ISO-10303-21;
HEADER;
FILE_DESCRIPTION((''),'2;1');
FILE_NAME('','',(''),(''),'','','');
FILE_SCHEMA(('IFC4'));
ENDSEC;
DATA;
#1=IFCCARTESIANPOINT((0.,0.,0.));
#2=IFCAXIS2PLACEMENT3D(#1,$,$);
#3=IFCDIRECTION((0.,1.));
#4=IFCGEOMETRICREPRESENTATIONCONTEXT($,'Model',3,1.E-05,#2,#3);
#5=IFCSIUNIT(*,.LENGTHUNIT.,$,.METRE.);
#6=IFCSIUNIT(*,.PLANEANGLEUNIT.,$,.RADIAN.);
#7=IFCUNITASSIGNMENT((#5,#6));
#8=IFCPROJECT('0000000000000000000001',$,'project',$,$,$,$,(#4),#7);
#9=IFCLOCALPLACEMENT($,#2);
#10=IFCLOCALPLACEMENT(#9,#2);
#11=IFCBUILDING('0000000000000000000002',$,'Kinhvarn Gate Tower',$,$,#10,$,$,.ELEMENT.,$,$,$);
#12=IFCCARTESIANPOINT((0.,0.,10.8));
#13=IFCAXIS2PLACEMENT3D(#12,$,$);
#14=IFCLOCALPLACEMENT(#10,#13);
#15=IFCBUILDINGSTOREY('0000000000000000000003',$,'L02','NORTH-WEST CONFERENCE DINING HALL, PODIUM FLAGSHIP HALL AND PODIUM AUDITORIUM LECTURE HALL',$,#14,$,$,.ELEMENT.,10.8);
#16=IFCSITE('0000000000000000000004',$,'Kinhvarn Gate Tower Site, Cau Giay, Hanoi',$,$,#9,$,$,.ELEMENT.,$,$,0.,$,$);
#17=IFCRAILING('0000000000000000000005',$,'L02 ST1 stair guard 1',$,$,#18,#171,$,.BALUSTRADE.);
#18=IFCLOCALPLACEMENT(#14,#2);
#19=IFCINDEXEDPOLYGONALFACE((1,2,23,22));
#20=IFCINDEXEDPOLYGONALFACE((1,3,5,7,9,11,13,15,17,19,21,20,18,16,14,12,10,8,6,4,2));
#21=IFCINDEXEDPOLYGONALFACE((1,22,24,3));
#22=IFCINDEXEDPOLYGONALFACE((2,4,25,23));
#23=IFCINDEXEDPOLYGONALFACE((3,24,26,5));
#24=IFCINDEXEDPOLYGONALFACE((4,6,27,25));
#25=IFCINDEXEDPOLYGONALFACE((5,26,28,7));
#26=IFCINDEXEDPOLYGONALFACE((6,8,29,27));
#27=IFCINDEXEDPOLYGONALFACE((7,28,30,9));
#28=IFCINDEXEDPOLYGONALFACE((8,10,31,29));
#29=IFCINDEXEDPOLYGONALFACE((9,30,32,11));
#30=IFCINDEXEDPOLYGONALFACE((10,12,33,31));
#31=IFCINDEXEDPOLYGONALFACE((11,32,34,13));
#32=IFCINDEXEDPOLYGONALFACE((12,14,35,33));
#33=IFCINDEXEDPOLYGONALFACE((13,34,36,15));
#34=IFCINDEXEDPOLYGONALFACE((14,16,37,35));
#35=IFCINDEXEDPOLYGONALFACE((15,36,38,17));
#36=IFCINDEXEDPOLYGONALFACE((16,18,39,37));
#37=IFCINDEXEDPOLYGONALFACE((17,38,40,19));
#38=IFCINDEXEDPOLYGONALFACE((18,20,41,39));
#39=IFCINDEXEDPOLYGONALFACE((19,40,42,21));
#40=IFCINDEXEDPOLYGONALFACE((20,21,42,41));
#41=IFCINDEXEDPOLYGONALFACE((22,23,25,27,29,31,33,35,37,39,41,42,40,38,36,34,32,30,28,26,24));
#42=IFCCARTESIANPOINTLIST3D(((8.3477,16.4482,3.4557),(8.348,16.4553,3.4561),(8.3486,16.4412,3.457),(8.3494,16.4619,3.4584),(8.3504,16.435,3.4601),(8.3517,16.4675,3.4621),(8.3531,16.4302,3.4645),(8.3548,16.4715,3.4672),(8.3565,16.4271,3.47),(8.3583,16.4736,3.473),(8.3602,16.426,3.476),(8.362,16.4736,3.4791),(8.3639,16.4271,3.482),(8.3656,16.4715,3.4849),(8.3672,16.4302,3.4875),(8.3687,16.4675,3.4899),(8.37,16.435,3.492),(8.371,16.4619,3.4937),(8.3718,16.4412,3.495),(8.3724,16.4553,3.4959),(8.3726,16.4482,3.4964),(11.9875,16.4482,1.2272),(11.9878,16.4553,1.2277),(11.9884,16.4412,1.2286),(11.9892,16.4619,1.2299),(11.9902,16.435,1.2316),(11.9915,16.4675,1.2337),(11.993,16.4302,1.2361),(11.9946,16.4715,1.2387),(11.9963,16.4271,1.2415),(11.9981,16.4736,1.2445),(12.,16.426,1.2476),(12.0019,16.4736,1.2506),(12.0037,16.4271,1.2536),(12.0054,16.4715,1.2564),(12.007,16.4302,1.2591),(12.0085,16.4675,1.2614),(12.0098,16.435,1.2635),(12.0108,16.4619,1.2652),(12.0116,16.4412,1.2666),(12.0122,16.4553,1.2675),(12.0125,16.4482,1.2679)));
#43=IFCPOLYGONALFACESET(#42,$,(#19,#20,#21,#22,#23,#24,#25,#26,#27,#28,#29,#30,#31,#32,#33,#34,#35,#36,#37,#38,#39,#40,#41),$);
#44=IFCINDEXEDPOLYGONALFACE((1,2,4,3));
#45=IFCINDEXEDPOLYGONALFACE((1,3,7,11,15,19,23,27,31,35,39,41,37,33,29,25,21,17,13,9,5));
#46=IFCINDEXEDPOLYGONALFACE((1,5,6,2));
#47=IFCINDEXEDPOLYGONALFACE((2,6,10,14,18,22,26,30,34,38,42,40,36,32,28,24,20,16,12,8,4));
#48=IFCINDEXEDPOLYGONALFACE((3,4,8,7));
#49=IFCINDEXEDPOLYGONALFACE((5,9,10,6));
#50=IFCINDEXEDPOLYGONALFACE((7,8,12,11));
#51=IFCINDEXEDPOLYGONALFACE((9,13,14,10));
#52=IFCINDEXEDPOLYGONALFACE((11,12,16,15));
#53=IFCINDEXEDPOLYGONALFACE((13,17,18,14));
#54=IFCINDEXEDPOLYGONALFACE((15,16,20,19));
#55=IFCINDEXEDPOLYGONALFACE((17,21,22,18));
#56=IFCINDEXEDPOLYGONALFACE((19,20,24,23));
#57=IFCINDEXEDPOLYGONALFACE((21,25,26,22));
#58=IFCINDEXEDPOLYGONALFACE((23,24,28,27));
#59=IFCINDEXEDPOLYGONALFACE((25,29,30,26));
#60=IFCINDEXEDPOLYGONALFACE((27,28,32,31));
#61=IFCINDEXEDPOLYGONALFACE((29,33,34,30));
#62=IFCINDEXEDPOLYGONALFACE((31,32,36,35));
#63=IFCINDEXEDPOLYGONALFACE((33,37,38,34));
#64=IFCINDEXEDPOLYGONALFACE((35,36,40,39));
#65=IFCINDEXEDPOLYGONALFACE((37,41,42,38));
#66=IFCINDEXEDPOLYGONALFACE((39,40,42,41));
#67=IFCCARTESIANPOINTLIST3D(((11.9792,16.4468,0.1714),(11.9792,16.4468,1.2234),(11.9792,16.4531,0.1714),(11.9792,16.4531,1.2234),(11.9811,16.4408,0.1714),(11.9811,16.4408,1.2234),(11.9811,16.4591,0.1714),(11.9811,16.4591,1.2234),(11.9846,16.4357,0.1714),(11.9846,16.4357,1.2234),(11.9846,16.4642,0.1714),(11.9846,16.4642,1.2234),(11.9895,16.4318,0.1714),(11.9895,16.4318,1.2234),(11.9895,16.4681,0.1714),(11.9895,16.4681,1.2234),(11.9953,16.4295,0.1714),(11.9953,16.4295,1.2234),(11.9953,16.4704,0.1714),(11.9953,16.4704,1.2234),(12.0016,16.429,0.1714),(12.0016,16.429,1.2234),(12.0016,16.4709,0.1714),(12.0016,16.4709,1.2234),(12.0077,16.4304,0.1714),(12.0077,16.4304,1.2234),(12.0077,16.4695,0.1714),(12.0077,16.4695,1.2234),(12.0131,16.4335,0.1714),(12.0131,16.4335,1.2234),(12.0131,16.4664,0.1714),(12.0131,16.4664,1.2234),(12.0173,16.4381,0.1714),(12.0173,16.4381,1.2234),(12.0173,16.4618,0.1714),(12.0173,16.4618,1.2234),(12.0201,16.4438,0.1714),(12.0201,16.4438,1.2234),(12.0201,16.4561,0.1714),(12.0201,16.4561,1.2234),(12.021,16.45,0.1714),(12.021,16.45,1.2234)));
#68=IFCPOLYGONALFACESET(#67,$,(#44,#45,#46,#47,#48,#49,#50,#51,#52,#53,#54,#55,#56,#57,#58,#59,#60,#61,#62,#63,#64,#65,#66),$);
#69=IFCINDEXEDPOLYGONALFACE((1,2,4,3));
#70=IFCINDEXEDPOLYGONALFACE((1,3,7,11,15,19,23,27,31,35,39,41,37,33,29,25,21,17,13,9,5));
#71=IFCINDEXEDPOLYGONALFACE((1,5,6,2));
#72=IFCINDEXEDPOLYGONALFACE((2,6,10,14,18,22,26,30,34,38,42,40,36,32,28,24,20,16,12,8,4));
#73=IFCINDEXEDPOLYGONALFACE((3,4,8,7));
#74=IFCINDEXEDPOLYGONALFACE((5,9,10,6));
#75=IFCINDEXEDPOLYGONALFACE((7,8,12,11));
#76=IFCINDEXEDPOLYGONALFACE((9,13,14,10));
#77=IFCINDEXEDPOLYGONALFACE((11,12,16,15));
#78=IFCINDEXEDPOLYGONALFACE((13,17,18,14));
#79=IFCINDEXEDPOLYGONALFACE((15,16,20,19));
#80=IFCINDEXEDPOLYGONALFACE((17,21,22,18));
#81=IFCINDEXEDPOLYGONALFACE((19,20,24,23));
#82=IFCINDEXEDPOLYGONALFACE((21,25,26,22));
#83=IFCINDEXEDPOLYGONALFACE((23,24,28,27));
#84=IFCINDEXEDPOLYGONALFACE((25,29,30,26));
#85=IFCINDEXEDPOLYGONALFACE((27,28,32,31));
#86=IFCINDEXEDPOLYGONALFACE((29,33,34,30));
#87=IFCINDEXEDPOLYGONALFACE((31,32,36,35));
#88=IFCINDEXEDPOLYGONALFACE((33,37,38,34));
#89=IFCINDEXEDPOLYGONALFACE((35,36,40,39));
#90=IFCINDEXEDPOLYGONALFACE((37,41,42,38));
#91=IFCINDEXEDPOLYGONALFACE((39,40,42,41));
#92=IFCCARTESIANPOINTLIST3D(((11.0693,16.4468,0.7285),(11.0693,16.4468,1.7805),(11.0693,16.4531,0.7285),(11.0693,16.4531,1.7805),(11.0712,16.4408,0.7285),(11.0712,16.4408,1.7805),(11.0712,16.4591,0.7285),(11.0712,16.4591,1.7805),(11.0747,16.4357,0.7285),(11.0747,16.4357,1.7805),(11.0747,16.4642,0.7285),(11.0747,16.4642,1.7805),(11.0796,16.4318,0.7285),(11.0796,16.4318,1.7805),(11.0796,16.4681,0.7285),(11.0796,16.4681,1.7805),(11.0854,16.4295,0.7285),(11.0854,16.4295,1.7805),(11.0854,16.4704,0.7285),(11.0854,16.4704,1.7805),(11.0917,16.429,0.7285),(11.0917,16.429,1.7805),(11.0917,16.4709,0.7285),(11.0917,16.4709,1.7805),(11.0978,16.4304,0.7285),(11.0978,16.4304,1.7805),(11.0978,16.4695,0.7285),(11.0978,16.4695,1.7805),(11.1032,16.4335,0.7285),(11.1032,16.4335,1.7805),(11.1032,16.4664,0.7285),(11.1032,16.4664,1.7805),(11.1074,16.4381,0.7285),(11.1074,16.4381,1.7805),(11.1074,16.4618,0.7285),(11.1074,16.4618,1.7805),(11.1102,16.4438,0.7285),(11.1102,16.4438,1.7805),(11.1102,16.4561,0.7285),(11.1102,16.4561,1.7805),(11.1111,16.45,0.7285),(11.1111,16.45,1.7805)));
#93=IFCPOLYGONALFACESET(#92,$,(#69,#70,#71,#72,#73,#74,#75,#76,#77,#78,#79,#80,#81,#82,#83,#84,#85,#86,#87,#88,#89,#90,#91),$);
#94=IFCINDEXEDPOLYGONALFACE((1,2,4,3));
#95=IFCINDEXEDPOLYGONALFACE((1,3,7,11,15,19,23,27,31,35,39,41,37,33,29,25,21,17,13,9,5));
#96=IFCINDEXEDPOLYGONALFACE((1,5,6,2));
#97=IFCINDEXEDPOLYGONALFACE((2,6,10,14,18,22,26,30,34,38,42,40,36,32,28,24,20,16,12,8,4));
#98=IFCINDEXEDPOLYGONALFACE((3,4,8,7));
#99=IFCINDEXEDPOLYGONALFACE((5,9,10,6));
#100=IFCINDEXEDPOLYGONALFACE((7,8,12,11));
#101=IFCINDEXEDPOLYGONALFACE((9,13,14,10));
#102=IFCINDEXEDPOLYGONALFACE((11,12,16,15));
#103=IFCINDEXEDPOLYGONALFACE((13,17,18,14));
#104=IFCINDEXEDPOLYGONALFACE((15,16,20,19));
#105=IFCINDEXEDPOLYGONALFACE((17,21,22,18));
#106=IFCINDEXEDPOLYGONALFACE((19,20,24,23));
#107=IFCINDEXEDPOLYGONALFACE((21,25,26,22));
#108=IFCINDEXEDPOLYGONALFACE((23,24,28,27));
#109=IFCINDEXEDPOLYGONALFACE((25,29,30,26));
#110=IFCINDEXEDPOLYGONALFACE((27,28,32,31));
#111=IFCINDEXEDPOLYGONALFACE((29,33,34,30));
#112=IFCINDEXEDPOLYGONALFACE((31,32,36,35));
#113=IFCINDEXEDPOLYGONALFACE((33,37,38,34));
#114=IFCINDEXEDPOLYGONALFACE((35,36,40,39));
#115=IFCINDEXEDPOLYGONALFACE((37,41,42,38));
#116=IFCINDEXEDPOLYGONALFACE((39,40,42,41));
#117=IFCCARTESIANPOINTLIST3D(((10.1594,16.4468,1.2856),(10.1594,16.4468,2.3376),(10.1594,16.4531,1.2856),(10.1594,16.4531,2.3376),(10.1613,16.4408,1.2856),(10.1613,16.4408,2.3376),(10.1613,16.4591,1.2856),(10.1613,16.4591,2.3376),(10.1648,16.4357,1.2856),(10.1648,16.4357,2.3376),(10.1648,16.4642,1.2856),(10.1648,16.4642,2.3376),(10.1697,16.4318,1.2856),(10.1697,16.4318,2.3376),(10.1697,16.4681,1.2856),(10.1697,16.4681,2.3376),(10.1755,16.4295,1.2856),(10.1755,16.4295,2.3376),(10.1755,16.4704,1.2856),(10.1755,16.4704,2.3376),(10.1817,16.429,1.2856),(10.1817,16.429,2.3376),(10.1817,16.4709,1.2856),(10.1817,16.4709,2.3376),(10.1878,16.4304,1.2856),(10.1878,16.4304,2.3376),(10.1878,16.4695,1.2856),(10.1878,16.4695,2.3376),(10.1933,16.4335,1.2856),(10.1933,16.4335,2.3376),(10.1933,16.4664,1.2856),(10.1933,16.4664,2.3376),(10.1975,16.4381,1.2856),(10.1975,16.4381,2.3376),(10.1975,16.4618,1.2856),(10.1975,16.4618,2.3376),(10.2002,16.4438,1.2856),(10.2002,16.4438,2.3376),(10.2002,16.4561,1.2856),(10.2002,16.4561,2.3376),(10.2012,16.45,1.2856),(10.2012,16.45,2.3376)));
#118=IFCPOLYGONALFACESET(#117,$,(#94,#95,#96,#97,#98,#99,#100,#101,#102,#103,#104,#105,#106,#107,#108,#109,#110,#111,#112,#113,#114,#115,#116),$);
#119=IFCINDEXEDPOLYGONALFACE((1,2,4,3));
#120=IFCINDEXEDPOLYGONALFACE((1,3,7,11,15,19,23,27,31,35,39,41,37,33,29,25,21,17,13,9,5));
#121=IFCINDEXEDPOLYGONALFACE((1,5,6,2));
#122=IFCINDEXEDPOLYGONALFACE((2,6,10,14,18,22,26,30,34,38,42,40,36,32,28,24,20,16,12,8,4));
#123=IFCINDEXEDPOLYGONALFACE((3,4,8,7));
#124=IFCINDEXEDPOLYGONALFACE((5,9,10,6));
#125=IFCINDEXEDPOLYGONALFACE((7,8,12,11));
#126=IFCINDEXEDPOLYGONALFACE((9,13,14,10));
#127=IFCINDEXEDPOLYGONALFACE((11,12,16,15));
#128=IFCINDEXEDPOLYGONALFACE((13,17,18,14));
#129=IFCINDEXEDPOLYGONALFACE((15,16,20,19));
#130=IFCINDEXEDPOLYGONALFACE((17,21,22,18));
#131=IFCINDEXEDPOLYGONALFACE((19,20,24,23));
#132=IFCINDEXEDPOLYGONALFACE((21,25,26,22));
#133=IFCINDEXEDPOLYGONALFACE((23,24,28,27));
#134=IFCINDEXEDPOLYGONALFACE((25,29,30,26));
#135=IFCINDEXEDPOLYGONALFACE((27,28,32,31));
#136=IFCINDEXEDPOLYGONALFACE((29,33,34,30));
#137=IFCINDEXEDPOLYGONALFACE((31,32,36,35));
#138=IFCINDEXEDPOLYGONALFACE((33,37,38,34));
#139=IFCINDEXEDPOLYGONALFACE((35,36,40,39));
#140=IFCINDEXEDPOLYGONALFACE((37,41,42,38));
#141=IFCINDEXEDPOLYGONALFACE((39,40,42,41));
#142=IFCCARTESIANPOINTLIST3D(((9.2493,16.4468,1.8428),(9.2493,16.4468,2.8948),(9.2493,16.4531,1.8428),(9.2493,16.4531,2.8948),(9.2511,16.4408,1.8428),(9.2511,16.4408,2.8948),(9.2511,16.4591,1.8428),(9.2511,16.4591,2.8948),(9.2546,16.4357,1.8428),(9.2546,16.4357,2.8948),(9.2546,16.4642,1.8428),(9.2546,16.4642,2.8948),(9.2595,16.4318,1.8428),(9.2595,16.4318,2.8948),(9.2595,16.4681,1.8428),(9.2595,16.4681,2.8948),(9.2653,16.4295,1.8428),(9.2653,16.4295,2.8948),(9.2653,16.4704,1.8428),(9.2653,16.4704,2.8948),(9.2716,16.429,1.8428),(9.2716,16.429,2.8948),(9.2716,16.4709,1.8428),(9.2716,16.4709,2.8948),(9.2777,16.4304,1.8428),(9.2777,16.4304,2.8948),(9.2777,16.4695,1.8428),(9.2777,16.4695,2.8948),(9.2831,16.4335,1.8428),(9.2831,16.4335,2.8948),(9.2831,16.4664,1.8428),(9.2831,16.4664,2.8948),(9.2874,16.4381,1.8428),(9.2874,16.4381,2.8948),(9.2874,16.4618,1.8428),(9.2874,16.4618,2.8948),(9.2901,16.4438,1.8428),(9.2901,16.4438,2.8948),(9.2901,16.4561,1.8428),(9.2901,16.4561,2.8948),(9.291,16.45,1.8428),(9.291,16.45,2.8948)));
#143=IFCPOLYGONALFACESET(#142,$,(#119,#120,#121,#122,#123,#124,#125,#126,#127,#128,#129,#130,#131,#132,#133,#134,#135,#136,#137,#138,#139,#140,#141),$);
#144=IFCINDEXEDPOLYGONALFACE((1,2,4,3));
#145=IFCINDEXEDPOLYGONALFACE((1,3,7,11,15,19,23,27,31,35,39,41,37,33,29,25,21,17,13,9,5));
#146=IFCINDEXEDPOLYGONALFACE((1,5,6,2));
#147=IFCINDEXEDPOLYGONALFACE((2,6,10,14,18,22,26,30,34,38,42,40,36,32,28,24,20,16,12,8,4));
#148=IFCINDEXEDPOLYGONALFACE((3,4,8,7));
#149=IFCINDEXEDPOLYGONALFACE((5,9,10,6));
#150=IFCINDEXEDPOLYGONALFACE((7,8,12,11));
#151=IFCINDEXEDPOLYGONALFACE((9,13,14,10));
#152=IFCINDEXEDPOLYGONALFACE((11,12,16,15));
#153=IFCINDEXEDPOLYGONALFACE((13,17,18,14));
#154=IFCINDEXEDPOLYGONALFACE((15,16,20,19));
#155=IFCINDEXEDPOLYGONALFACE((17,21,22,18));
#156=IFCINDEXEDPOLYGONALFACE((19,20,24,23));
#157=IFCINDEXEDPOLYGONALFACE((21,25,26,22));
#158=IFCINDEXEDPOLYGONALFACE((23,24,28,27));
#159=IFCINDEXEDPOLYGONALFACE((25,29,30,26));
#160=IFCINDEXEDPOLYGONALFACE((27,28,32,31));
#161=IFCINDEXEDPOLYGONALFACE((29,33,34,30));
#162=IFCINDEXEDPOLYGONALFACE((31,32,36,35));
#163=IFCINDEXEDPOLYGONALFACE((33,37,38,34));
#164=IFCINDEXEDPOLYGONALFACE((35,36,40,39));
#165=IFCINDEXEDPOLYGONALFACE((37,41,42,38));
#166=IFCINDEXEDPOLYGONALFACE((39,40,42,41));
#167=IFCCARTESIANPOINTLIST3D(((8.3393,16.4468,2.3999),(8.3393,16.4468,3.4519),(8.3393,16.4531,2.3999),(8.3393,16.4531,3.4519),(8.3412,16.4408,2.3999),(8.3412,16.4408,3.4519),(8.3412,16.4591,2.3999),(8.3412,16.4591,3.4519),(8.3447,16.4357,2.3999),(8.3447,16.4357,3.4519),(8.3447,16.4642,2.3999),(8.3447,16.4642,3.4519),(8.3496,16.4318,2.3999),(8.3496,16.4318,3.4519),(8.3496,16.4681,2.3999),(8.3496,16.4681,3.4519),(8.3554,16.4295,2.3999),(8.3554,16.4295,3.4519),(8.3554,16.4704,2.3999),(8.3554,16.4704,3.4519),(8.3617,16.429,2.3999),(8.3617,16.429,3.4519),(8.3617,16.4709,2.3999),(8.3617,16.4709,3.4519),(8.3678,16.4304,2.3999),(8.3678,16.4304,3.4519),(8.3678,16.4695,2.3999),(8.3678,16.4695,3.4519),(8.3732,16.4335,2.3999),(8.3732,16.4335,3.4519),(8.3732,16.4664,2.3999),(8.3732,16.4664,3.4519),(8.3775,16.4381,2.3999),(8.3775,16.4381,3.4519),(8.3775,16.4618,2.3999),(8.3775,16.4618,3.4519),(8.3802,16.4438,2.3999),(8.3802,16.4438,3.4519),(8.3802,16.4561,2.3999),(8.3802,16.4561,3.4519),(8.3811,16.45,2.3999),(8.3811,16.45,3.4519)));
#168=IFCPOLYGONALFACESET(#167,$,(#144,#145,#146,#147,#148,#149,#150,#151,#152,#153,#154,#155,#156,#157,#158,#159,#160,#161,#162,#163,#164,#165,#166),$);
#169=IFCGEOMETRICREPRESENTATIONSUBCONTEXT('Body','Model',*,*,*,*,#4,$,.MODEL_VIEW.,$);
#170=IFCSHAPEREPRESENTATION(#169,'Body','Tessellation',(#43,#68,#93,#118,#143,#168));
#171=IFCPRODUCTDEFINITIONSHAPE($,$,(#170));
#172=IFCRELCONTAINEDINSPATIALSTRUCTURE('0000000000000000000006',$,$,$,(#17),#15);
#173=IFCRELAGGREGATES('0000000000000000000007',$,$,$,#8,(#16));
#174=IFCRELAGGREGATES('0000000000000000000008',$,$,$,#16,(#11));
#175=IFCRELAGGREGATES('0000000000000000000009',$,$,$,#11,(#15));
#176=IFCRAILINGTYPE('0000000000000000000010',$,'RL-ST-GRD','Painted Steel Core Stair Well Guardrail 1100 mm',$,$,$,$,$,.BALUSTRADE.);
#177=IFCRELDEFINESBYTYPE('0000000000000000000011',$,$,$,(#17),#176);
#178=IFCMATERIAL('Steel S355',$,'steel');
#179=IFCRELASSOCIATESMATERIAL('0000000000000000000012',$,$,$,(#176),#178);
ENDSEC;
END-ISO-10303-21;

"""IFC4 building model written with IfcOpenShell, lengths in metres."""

from ifc_helpers import new_model, si_unit, direction, frame, origin, origin_2d, place, context, subcontext, project, spatial, circle, extrude, material, type_object, element, save


model = new_model("IFC4")

# Units and contexts
model_context = context("Model", 3, precision=1e-05, world=origin(), true_north=direction((0.0, 1.0)))
body_context = subcontext(model_context, "Body", "Model", "MODEL_VIEW")
ifc_project = project(units=[si_unit("LENGTHUNIT", "METRE"), si_unit("PLANEANGLEUNIT", "RADIAN")], contexts=[model_context])

# Site, building, storey
site_placement = place(None, origin())
site = spatial("IfcSite", under=ifc_project, at=site_placement, Name="Kinhvarn Gate Tower Site, Cau Giay, Hanoi", CompositionType="ELEMENT", RefElevation=0.0)
building_placement = place(site_placement, origin())
building = spatial("IfcBuilding", under=site, at=building_placement, Name="Kinhvarn Gate Tower", CompositionType="ELEMENT")
storey_placement = place(building_placement, frame((0.0, 0.0, 10.8)))
storey = spatial("IfcBuildingStorey", under=building, at=storey_placement, Name="L02", Description="NORTH-WEST CONFERENCE DINING HALL, PODIUM FLAGSHIP HALL AND PODIUM AUDITORIUM LECTURE HALL", CompositionType="ELEMENT", Elevation=10.8)

# Shared definitions
ifc_material_1 = material(Name="Steel S355", Category="steel")

# Railing
railing_type_1 = type_object("IfcRailingType", Name="RL-ST-GRD", Description="Painted Steel Core Stair Well Guardrail 1100 mm", PredefinedType="BALUSTRADE", material=ifc_material_1)
railing_1_placement = place(storey_placement, frame((12.0, 16.45, 0.1714)))
element("IfcRailing", 1, at=railing_1_placement, inside=storey, type_object=railing_type_1, Name="L02 ST1 stair guard 1", PredefinedType="BALUSTRADE", context=body_context, shape_type="SweptSolid", body=[
    extrude(circle(Radius=0.0239, at=origin_2d()), frame((0.0, 0.0, 1.0762), z_axis=(-0.85285, 0.0, 0.522156), x_axis=(0.0, -1.0, 0.0)), (0.0, 0.0, 1.0), 4.2678),
    extrude(circle(Radius=0.021, at=origin_2d()), origin(), (0.0, 0.0, 1.0), 1.052),
    extrude(circle(Radius=0.021, at=origin_2d()), frame((-0.9099, 0.0, 0.5571)), (0.0, 0.0, 1.0), 1.052),
    extrude(circle(Radius=0.021, at=origin_2d()), frame((-1.8198, 0.0, 1.1143)), (0.0, 0.0, 1.0), 1.052),
    extrude(circle(Radius=0.021, at=origin_2d()), frame((-2.73, 0.0, 1.6714)), (0.0, 0.0, 1.0), 1.052),
    extrude(circle(Radius=0.021, at=origin_2d()), frame((-3.6399, 0.0, 2.2285)), (0.0, 0.0, 1.0), 1.052),
])

save(model, "model.ifc")
